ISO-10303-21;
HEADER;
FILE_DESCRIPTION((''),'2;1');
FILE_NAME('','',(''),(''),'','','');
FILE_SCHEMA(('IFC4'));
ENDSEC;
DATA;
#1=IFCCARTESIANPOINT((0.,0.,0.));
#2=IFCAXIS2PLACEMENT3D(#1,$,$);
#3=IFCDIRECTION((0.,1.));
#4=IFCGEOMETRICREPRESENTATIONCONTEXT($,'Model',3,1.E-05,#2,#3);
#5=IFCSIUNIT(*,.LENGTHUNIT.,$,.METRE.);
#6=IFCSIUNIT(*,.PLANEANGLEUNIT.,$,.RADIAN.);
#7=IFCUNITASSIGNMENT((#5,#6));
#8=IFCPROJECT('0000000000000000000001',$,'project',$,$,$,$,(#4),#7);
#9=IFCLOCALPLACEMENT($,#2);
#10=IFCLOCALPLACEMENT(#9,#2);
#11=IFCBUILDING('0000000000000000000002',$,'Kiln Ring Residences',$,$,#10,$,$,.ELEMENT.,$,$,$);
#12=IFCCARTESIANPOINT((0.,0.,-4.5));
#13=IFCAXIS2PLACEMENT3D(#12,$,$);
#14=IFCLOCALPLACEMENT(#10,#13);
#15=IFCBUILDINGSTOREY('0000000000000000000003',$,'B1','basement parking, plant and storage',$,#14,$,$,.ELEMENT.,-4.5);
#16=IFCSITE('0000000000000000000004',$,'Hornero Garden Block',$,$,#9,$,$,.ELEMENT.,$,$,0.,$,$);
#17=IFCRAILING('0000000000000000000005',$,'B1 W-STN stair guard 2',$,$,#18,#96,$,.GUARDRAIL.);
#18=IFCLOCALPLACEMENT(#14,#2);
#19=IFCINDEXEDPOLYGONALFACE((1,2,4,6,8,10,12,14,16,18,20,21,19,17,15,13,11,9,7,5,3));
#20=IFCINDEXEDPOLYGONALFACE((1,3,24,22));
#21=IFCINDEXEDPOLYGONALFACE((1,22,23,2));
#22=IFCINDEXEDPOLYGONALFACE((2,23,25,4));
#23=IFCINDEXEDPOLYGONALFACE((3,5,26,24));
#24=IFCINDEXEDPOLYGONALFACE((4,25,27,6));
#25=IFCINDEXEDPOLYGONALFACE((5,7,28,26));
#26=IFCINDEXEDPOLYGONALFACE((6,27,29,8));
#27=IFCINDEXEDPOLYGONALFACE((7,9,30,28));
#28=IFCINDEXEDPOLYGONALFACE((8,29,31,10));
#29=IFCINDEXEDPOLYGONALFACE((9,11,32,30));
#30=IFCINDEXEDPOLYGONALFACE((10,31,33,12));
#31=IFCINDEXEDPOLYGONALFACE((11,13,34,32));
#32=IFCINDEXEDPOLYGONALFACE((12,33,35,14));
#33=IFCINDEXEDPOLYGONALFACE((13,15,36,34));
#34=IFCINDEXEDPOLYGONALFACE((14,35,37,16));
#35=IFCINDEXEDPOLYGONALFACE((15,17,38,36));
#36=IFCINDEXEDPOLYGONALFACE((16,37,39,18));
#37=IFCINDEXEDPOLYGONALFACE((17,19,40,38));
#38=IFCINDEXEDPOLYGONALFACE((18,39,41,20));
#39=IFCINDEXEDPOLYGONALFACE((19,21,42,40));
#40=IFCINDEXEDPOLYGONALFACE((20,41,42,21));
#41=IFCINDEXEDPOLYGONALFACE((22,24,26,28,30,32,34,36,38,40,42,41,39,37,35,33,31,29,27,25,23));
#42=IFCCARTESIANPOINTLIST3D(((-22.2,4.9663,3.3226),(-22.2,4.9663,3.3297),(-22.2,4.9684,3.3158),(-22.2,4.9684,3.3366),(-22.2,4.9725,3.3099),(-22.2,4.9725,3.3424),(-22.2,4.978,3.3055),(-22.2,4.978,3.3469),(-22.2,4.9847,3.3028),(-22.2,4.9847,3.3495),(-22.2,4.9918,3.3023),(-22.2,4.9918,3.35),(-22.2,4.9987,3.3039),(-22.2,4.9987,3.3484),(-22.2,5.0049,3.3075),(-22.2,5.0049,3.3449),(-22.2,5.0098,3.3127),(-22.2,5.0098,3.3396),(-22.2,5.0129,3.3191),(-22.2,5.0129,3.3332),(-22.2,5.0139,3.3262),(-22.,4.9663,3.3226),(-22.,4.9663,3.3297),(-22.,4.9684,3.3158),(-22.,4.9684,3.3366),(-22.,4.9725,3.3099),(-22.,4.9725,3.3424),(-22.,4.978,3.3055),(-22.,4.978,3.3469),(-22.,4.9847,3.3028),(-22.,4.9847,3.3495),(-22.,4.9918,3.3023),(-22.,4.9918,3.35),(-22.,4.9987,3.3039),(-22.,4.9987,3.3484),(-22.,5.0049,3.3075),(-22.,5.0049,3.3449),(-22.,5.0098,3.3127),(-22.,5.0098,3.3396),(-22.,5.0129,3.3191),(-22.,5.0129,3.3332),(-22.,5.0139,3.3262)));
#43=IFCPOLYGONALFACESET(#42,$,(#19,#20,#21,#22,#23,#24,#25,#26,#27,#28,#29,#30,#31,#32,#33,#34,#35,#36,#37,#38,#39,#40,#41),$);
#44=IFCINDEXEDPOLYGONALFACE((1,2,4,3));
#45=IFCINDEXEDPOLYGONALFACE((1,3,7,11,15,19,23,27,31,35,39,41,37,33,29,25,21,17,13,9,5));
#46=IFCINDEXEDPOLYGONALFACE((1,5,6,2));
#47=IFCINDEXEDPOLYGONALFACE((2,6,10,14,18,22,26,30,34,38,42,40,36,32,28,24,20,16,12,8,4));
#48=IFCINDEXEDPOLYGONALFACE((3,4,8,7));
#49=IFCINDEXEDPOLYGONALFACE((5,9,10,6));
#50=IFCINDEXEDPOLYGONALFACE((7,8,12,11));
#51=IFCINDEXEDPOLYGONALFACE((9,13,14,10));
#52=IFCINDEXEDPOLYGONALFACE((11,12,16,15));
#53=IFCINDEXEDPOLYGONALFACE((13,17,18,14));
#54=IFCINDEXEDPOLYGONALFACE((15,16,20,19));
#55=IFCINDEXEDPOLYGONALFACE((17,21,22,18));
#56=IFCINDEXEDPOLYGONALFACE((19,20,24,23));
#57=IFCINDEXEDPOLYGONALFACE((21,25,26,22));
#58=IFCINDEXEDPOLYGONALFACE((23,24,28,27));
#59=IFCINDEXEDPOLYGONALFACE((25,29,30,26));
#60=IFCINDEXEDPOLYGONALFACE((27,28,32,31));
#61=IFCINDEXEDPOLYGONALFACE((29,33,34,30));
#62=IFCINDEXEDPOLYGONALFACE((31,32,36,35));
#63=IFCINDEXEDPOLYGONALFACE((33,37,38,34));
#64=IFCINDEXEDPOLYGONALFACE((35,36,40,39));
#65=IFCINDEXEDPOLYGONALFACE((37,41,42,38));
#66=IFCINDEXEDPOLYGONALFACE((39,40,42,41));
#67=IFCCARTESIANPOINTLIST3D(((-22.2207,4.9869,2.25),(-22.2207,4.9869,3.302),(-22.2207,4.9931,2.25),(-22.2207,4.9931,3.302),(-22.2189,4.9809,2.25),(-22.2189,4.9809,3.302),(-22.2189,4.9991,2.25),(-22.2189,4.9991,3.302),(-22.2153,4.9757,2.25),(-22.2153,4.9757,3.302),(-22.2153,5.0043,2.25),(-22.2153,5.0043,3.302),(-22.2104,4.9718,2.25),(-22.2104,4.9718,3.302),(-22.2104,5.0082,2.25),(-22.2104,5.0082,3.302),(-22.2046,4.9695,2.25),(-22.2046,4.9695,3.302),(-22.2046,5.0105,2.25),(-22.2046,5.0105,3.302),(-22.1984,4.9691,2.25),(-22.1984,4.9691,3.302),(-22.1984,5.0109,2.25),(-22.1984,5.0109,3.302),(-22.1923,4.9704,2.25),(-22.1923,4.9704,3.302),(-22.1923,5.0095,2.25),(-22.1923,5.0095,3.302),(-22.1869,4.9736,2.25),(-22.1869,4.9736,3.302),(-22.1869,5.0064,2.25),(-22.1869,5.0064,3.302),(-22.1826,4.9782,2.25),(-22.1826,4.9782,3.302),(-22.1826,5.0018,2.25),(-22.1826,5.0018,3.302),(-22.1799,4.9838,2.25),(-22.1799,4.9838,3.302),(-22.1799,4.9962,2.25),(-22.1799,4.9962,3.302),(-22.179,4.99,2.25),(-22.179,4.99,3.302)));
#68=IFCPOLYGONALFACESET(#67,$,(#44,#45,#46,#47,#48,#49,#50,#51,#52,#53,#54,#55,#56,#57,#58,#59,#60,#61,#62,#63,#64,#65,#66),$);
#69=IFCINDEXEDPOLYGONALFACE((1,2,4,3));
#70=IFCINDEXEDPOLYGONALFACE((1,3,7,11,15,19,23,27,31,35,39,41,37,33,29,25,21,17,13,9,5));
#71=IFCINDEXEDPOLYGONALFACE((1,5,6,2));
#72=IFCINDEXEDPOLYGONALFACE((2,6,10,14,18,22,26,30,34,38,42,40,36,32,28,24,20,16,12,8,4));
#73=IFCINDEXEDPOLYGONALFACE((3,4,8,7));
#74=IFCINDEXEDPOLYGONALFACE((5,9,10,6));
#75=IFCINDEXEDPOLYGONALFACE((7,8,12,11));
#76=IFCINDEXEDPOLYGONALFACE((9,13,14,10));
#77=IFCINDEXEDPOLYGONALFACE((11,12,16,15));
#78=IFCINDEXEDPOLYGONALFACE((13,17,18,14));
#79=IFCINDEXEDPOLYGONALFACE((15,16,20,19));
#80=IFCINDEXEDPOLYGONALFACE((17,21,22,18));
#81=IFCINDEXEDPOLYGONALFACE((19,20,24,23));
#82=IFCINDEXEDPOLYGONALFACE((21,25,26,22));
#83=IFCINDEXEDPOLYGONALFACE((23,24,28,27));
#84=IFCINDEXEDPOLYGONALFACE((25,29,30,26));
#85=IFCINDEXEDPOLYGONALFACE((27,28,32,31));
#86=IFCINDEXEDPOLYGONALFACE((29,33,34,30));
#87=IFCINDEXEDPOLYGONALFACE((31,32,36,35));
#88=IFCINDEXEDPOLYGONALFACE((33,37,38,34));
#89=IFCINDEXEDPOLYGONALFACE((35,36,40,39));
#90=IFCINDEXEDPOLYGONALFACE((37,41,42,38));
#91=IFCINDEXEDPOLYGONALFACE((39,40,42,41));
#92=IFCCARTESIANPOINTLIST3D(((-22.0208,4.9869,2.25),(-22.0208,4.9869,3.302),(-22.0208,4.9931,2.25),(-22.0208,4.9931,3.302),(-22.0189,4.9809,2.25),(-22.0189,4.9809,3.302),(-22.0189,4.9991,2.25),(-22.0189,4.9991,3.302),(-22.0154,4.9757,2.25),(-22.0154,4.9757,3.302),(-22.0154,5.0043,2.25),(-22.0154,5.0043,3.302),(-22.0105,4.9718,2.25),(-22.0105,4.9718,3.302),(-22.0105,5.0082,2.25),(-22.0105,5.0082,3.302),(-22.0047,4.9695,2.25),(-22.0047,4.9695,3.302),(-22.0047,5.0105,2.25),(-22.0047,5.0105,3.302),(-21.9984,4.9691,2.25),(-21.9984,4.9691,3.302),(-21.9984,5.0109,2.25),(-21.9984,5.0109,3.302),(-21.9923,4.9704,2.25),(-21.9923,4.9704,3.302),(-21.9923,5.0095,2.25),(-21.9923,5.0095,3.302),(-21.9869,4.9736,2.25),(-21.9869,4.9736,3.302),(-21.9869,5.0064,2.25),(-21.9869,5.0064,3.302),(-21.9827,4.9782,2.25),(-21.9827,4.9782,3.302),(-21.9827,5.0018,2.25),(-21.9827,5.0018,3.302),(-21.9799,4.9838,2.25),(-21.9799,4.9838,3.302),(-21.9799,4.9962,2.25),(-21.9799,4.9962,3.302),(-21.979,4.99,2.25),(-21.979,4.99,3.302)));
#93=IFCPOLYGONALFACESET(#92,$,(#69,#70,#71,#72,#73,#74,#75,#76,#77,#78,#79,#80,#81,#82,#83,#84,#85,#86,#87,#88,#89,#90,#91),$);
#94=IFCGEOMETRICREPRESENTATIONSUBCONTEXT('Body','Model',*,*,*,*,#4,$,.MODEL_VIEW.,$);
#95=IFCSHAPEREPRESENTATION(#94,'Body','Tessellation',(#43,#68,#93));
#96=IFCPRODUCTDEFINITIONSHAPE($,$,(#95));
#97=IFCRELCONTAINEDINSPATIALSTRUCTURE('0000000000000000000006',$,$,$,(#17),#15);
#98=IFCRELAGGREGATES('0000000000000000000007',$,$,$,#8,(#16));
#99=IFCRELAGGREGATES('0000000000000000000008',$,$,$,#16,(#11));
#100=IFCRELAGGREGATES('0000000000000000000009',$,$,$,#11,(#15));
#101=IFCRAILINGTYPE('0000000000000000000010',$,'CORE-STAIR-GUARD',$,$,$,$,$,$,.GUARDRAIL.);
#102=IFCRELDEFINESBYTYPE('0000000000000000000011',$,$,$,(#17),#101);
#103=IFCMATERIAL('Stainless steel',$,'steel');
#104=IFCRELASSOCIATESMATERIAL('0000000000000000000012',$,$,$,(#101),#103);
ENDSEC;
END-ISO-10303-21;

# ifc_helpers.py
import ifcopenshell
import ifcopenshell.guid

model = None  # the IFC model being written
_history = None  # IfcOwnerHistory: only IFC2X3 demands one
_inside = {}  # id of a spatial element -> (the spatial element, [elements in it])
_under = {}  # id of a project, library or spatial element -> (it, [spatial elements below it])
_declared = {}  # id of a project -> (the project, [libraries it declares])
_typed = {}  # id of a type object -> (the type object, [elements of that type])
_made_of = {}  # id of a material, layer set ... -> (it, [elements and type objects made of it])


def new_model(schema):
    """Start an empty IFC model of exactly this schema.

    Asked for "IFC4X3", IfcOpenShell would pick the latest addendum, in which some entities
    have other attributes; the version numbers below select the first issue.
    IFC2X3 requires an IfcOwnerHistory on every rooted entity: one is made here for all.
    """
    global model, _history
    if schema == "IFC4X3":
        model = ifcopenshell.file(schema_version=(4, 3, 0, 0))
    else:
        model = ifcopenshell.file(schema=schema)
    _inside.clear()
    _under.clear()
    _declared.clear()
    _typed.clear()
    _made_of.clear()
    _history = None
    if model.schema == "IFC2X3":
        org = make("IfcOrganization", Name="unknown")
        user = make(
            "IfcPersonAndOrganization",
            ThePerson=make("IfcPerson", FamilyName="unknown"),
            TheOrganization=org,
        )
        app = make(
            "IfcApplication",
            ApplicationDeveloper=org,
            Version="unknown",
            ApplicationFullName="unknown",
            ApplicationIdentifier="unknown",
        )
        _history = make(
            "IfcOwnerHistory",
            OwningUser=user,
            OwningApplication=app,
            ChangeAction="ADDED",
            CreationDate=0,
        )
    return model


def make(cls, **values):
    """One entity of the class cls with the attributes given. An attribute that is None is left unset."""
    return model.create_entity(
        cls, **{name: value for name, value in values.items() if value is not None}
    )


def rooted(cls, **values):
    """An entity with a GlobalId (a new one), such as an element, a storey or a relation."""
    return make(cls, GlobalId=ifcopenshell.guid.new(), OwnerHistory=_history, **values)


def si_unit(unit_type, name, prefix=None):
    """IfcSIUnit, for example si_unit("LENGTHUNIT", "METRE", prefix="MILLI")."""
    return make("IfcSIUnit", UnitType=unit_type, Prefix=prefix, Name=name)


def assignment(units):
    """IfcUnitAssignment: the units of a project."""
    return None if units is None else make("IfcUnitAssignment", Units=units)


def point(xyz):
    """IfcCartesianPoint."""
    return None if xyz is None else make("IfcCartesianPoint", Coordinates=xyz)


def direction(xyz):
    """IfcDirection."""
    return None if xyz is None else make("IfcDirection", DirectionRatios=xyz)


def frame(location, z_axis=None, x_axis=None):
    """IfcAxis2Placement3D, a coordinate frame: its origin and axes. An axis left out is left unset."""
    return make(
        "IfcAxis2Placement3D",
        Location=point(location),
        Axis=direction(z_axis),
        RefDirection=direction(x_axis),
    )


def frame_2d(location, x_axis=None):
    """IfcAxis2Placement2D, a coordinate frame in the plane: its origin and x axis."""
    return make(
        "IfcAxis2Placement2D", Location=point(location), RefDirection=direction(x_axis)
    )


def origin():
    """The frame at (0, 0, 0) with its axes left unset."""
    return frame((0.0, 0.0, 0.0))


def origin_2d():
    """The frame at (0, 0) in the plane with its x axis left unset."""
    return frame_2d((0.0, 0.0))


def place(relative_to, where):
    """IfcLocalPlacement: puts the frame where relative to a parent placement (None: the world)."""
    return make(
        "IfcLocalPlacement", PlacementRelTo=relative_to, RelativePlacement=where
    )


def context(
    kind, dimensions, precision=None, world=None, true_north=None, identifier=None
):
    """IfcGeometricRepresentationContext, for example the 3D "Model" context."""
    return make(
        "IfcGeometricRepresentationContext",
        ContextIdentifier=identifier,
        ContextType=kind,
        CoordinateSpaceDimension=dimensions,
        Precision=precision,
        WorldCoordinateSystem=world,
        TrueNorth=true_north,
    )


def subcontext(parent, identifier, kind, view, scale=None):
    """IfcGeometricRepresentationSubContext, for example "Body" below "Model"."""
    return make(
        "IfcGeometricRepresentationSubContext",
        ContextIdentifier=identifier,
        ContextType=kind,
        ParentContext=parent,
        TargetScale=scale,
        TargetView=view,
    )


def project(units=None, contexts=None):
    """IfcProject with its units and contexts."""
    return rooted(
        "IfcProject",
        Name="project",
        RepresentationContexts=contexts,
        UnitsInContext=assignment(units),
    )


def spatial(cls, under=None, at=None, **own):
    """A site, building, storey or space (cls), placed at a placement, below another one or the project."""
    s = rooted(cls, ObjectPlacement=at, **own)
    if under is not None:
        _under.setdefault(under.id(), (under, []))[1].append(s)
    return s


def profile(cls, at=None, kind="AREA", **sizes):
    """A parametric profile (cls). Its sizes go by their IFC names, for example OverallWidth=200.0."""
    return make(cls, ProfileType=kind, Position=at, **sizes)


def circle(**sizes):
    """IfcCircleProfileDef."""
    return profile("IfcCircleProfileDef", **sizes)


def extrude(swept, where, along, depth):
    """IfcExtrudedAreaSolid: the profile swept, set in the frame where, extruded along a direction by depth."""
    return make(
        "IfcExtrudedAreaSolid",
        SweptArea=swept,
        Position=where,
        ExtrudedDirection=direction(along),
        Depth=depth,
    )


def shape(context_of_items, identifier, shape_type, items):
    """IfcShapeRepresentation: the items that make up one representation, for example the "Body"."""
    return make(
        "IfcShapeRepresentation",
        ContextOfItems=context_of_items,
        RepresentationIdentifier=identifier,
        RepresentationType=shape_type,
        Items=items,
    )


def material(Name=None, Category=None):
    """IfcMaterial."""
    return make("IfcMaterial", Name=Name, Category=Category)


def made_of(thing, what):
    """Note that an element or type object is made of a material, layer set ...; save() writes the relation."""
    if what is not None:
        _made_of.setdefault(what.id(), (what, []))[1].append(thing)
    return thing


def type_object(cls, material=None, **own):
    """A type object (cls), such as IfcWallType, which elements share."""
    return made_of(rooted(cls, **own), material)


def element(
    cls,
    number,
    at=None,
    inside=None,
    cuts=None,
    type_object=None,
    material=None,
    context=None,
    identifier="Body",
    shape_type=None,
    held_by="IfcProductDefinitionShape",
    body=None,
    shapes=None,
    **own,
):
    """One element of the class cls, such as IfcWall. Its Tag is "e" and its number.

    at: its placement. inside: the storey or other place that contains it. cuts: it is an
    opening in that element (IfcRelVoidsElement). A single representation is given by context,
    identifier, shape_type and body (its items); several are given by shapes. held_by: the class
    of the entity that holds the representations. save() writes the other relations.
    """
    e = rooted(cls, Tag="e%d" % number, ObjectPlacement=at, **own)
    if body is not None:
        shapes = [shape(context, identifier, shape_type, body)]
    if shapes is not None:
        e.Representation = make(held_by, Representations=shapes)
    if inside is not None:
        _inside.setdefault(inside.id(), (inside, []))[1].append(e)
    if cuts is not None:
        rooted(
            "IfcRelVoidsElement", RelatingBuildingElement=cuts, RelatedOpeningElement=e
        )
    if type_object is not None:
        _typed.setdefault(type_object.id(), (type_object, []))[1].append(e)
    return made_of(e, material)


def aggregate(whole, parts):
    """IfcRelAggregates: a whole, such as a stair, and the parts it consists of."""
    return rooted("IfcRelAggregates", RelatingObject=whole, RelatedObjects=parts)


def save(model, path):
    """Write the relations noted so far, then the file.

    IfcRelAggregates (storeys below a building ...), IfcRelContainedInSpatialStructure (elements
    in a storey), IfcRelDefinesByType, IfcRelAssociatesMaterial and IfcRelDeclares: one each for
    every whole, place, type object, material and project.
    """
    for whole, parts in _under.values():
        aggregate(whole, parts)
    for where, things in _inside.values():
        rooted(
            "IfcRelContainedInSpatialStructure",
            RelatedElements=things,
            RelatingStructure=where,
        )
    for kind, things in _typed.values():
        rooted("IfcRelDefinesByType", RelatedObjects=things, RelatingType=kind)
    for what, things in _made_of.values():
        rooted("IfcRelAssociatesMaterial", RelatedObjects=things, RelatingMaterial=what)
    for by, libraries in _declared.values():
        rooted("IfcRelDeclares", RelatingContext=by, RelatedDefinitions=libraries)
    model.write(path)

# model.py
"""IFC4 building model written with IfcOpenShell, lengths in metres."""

from ifc_helpers import new_model, si_unit, direction, frame, origin, origin_2d, place, context, subcontext, project, spatial, circle, extrude, material, type_object, element, save


model = new_model("IFC4")

# Units and contexts
model_context = context("Model", 3, precision=1e-05, world=origin(), true_north=direction((0.0, 1.0)))
body_context = subcontext(model_context, "Body", "Model", "MODEL_VIEW")
ifc_project = project(units=[si_unit("LENGTHUNIT", "METRE"), si_unit("PLANEANGLEUNIT", "RADIAN")], contexts=[model_context])

# Site, building, storey
site_placement = place(None, origin())
site = spatial("IfcSite", under=ifc_project, at=site_placement, Name="Hornero Garden Block", CompositionType="ELEMENT", RefElevation=0.0)
building_placement = place(site_placement, origin())
building = spatial("IfcBuilding", under=site, at=building_placement, Name="Kiln Ring Residences", CompositionType="ELEMENT")
storey_placement = place(building_placement, frame((0.0, 0.0, -4.5)))
storey = spatial("IfcBuildingStorey", under=building, at=storey_placement, Name="B1", Description="basement parking, plant and storage", CompositionType="ELEMENT", Elevation=-4.5)

# Railing
ifc_material_1 = material(Name="Stainless steel", Category="steel")
railing_type_1 = type_object("IfcRailingType", Name="CORE-STAIR-GUARD", PredefinedType="GUARDRAIL", material=ifc_material_1)
railing_1_placement = place(storey_placement, frame((-22.2, 4.99, 2.25)))
element("IfcRailing", 1, at=railing_1_placement, inside=storey, type_object=railing_type_1, Name="B1 W-STN stair guard 2", PredefinedType="GUARDRAIL", context=body_context, shape_type="SweptSolid", body=[
    extrude(circle(Radius=0.0239, at=origin_2d()), frame((0.0, 0.0, 1.0762), z_axis=(1.0, 0.0, 0.0), x_axis=(0.0, 1.0, 0.0)), (0.0, 0.0, 1.0), 0.2),
    extrude(circle(Radius=0.021, at=origin_2d()), origin(), (0.0, 0.0, 1.0), 1.052),
    extrude(circle(Radius=0.021, at=origin_2d()), frame((0.2, 0.0, 0.0)), (0.0, 0.0, 1.0), 1.052),
])

save(model, "model.ifc")
